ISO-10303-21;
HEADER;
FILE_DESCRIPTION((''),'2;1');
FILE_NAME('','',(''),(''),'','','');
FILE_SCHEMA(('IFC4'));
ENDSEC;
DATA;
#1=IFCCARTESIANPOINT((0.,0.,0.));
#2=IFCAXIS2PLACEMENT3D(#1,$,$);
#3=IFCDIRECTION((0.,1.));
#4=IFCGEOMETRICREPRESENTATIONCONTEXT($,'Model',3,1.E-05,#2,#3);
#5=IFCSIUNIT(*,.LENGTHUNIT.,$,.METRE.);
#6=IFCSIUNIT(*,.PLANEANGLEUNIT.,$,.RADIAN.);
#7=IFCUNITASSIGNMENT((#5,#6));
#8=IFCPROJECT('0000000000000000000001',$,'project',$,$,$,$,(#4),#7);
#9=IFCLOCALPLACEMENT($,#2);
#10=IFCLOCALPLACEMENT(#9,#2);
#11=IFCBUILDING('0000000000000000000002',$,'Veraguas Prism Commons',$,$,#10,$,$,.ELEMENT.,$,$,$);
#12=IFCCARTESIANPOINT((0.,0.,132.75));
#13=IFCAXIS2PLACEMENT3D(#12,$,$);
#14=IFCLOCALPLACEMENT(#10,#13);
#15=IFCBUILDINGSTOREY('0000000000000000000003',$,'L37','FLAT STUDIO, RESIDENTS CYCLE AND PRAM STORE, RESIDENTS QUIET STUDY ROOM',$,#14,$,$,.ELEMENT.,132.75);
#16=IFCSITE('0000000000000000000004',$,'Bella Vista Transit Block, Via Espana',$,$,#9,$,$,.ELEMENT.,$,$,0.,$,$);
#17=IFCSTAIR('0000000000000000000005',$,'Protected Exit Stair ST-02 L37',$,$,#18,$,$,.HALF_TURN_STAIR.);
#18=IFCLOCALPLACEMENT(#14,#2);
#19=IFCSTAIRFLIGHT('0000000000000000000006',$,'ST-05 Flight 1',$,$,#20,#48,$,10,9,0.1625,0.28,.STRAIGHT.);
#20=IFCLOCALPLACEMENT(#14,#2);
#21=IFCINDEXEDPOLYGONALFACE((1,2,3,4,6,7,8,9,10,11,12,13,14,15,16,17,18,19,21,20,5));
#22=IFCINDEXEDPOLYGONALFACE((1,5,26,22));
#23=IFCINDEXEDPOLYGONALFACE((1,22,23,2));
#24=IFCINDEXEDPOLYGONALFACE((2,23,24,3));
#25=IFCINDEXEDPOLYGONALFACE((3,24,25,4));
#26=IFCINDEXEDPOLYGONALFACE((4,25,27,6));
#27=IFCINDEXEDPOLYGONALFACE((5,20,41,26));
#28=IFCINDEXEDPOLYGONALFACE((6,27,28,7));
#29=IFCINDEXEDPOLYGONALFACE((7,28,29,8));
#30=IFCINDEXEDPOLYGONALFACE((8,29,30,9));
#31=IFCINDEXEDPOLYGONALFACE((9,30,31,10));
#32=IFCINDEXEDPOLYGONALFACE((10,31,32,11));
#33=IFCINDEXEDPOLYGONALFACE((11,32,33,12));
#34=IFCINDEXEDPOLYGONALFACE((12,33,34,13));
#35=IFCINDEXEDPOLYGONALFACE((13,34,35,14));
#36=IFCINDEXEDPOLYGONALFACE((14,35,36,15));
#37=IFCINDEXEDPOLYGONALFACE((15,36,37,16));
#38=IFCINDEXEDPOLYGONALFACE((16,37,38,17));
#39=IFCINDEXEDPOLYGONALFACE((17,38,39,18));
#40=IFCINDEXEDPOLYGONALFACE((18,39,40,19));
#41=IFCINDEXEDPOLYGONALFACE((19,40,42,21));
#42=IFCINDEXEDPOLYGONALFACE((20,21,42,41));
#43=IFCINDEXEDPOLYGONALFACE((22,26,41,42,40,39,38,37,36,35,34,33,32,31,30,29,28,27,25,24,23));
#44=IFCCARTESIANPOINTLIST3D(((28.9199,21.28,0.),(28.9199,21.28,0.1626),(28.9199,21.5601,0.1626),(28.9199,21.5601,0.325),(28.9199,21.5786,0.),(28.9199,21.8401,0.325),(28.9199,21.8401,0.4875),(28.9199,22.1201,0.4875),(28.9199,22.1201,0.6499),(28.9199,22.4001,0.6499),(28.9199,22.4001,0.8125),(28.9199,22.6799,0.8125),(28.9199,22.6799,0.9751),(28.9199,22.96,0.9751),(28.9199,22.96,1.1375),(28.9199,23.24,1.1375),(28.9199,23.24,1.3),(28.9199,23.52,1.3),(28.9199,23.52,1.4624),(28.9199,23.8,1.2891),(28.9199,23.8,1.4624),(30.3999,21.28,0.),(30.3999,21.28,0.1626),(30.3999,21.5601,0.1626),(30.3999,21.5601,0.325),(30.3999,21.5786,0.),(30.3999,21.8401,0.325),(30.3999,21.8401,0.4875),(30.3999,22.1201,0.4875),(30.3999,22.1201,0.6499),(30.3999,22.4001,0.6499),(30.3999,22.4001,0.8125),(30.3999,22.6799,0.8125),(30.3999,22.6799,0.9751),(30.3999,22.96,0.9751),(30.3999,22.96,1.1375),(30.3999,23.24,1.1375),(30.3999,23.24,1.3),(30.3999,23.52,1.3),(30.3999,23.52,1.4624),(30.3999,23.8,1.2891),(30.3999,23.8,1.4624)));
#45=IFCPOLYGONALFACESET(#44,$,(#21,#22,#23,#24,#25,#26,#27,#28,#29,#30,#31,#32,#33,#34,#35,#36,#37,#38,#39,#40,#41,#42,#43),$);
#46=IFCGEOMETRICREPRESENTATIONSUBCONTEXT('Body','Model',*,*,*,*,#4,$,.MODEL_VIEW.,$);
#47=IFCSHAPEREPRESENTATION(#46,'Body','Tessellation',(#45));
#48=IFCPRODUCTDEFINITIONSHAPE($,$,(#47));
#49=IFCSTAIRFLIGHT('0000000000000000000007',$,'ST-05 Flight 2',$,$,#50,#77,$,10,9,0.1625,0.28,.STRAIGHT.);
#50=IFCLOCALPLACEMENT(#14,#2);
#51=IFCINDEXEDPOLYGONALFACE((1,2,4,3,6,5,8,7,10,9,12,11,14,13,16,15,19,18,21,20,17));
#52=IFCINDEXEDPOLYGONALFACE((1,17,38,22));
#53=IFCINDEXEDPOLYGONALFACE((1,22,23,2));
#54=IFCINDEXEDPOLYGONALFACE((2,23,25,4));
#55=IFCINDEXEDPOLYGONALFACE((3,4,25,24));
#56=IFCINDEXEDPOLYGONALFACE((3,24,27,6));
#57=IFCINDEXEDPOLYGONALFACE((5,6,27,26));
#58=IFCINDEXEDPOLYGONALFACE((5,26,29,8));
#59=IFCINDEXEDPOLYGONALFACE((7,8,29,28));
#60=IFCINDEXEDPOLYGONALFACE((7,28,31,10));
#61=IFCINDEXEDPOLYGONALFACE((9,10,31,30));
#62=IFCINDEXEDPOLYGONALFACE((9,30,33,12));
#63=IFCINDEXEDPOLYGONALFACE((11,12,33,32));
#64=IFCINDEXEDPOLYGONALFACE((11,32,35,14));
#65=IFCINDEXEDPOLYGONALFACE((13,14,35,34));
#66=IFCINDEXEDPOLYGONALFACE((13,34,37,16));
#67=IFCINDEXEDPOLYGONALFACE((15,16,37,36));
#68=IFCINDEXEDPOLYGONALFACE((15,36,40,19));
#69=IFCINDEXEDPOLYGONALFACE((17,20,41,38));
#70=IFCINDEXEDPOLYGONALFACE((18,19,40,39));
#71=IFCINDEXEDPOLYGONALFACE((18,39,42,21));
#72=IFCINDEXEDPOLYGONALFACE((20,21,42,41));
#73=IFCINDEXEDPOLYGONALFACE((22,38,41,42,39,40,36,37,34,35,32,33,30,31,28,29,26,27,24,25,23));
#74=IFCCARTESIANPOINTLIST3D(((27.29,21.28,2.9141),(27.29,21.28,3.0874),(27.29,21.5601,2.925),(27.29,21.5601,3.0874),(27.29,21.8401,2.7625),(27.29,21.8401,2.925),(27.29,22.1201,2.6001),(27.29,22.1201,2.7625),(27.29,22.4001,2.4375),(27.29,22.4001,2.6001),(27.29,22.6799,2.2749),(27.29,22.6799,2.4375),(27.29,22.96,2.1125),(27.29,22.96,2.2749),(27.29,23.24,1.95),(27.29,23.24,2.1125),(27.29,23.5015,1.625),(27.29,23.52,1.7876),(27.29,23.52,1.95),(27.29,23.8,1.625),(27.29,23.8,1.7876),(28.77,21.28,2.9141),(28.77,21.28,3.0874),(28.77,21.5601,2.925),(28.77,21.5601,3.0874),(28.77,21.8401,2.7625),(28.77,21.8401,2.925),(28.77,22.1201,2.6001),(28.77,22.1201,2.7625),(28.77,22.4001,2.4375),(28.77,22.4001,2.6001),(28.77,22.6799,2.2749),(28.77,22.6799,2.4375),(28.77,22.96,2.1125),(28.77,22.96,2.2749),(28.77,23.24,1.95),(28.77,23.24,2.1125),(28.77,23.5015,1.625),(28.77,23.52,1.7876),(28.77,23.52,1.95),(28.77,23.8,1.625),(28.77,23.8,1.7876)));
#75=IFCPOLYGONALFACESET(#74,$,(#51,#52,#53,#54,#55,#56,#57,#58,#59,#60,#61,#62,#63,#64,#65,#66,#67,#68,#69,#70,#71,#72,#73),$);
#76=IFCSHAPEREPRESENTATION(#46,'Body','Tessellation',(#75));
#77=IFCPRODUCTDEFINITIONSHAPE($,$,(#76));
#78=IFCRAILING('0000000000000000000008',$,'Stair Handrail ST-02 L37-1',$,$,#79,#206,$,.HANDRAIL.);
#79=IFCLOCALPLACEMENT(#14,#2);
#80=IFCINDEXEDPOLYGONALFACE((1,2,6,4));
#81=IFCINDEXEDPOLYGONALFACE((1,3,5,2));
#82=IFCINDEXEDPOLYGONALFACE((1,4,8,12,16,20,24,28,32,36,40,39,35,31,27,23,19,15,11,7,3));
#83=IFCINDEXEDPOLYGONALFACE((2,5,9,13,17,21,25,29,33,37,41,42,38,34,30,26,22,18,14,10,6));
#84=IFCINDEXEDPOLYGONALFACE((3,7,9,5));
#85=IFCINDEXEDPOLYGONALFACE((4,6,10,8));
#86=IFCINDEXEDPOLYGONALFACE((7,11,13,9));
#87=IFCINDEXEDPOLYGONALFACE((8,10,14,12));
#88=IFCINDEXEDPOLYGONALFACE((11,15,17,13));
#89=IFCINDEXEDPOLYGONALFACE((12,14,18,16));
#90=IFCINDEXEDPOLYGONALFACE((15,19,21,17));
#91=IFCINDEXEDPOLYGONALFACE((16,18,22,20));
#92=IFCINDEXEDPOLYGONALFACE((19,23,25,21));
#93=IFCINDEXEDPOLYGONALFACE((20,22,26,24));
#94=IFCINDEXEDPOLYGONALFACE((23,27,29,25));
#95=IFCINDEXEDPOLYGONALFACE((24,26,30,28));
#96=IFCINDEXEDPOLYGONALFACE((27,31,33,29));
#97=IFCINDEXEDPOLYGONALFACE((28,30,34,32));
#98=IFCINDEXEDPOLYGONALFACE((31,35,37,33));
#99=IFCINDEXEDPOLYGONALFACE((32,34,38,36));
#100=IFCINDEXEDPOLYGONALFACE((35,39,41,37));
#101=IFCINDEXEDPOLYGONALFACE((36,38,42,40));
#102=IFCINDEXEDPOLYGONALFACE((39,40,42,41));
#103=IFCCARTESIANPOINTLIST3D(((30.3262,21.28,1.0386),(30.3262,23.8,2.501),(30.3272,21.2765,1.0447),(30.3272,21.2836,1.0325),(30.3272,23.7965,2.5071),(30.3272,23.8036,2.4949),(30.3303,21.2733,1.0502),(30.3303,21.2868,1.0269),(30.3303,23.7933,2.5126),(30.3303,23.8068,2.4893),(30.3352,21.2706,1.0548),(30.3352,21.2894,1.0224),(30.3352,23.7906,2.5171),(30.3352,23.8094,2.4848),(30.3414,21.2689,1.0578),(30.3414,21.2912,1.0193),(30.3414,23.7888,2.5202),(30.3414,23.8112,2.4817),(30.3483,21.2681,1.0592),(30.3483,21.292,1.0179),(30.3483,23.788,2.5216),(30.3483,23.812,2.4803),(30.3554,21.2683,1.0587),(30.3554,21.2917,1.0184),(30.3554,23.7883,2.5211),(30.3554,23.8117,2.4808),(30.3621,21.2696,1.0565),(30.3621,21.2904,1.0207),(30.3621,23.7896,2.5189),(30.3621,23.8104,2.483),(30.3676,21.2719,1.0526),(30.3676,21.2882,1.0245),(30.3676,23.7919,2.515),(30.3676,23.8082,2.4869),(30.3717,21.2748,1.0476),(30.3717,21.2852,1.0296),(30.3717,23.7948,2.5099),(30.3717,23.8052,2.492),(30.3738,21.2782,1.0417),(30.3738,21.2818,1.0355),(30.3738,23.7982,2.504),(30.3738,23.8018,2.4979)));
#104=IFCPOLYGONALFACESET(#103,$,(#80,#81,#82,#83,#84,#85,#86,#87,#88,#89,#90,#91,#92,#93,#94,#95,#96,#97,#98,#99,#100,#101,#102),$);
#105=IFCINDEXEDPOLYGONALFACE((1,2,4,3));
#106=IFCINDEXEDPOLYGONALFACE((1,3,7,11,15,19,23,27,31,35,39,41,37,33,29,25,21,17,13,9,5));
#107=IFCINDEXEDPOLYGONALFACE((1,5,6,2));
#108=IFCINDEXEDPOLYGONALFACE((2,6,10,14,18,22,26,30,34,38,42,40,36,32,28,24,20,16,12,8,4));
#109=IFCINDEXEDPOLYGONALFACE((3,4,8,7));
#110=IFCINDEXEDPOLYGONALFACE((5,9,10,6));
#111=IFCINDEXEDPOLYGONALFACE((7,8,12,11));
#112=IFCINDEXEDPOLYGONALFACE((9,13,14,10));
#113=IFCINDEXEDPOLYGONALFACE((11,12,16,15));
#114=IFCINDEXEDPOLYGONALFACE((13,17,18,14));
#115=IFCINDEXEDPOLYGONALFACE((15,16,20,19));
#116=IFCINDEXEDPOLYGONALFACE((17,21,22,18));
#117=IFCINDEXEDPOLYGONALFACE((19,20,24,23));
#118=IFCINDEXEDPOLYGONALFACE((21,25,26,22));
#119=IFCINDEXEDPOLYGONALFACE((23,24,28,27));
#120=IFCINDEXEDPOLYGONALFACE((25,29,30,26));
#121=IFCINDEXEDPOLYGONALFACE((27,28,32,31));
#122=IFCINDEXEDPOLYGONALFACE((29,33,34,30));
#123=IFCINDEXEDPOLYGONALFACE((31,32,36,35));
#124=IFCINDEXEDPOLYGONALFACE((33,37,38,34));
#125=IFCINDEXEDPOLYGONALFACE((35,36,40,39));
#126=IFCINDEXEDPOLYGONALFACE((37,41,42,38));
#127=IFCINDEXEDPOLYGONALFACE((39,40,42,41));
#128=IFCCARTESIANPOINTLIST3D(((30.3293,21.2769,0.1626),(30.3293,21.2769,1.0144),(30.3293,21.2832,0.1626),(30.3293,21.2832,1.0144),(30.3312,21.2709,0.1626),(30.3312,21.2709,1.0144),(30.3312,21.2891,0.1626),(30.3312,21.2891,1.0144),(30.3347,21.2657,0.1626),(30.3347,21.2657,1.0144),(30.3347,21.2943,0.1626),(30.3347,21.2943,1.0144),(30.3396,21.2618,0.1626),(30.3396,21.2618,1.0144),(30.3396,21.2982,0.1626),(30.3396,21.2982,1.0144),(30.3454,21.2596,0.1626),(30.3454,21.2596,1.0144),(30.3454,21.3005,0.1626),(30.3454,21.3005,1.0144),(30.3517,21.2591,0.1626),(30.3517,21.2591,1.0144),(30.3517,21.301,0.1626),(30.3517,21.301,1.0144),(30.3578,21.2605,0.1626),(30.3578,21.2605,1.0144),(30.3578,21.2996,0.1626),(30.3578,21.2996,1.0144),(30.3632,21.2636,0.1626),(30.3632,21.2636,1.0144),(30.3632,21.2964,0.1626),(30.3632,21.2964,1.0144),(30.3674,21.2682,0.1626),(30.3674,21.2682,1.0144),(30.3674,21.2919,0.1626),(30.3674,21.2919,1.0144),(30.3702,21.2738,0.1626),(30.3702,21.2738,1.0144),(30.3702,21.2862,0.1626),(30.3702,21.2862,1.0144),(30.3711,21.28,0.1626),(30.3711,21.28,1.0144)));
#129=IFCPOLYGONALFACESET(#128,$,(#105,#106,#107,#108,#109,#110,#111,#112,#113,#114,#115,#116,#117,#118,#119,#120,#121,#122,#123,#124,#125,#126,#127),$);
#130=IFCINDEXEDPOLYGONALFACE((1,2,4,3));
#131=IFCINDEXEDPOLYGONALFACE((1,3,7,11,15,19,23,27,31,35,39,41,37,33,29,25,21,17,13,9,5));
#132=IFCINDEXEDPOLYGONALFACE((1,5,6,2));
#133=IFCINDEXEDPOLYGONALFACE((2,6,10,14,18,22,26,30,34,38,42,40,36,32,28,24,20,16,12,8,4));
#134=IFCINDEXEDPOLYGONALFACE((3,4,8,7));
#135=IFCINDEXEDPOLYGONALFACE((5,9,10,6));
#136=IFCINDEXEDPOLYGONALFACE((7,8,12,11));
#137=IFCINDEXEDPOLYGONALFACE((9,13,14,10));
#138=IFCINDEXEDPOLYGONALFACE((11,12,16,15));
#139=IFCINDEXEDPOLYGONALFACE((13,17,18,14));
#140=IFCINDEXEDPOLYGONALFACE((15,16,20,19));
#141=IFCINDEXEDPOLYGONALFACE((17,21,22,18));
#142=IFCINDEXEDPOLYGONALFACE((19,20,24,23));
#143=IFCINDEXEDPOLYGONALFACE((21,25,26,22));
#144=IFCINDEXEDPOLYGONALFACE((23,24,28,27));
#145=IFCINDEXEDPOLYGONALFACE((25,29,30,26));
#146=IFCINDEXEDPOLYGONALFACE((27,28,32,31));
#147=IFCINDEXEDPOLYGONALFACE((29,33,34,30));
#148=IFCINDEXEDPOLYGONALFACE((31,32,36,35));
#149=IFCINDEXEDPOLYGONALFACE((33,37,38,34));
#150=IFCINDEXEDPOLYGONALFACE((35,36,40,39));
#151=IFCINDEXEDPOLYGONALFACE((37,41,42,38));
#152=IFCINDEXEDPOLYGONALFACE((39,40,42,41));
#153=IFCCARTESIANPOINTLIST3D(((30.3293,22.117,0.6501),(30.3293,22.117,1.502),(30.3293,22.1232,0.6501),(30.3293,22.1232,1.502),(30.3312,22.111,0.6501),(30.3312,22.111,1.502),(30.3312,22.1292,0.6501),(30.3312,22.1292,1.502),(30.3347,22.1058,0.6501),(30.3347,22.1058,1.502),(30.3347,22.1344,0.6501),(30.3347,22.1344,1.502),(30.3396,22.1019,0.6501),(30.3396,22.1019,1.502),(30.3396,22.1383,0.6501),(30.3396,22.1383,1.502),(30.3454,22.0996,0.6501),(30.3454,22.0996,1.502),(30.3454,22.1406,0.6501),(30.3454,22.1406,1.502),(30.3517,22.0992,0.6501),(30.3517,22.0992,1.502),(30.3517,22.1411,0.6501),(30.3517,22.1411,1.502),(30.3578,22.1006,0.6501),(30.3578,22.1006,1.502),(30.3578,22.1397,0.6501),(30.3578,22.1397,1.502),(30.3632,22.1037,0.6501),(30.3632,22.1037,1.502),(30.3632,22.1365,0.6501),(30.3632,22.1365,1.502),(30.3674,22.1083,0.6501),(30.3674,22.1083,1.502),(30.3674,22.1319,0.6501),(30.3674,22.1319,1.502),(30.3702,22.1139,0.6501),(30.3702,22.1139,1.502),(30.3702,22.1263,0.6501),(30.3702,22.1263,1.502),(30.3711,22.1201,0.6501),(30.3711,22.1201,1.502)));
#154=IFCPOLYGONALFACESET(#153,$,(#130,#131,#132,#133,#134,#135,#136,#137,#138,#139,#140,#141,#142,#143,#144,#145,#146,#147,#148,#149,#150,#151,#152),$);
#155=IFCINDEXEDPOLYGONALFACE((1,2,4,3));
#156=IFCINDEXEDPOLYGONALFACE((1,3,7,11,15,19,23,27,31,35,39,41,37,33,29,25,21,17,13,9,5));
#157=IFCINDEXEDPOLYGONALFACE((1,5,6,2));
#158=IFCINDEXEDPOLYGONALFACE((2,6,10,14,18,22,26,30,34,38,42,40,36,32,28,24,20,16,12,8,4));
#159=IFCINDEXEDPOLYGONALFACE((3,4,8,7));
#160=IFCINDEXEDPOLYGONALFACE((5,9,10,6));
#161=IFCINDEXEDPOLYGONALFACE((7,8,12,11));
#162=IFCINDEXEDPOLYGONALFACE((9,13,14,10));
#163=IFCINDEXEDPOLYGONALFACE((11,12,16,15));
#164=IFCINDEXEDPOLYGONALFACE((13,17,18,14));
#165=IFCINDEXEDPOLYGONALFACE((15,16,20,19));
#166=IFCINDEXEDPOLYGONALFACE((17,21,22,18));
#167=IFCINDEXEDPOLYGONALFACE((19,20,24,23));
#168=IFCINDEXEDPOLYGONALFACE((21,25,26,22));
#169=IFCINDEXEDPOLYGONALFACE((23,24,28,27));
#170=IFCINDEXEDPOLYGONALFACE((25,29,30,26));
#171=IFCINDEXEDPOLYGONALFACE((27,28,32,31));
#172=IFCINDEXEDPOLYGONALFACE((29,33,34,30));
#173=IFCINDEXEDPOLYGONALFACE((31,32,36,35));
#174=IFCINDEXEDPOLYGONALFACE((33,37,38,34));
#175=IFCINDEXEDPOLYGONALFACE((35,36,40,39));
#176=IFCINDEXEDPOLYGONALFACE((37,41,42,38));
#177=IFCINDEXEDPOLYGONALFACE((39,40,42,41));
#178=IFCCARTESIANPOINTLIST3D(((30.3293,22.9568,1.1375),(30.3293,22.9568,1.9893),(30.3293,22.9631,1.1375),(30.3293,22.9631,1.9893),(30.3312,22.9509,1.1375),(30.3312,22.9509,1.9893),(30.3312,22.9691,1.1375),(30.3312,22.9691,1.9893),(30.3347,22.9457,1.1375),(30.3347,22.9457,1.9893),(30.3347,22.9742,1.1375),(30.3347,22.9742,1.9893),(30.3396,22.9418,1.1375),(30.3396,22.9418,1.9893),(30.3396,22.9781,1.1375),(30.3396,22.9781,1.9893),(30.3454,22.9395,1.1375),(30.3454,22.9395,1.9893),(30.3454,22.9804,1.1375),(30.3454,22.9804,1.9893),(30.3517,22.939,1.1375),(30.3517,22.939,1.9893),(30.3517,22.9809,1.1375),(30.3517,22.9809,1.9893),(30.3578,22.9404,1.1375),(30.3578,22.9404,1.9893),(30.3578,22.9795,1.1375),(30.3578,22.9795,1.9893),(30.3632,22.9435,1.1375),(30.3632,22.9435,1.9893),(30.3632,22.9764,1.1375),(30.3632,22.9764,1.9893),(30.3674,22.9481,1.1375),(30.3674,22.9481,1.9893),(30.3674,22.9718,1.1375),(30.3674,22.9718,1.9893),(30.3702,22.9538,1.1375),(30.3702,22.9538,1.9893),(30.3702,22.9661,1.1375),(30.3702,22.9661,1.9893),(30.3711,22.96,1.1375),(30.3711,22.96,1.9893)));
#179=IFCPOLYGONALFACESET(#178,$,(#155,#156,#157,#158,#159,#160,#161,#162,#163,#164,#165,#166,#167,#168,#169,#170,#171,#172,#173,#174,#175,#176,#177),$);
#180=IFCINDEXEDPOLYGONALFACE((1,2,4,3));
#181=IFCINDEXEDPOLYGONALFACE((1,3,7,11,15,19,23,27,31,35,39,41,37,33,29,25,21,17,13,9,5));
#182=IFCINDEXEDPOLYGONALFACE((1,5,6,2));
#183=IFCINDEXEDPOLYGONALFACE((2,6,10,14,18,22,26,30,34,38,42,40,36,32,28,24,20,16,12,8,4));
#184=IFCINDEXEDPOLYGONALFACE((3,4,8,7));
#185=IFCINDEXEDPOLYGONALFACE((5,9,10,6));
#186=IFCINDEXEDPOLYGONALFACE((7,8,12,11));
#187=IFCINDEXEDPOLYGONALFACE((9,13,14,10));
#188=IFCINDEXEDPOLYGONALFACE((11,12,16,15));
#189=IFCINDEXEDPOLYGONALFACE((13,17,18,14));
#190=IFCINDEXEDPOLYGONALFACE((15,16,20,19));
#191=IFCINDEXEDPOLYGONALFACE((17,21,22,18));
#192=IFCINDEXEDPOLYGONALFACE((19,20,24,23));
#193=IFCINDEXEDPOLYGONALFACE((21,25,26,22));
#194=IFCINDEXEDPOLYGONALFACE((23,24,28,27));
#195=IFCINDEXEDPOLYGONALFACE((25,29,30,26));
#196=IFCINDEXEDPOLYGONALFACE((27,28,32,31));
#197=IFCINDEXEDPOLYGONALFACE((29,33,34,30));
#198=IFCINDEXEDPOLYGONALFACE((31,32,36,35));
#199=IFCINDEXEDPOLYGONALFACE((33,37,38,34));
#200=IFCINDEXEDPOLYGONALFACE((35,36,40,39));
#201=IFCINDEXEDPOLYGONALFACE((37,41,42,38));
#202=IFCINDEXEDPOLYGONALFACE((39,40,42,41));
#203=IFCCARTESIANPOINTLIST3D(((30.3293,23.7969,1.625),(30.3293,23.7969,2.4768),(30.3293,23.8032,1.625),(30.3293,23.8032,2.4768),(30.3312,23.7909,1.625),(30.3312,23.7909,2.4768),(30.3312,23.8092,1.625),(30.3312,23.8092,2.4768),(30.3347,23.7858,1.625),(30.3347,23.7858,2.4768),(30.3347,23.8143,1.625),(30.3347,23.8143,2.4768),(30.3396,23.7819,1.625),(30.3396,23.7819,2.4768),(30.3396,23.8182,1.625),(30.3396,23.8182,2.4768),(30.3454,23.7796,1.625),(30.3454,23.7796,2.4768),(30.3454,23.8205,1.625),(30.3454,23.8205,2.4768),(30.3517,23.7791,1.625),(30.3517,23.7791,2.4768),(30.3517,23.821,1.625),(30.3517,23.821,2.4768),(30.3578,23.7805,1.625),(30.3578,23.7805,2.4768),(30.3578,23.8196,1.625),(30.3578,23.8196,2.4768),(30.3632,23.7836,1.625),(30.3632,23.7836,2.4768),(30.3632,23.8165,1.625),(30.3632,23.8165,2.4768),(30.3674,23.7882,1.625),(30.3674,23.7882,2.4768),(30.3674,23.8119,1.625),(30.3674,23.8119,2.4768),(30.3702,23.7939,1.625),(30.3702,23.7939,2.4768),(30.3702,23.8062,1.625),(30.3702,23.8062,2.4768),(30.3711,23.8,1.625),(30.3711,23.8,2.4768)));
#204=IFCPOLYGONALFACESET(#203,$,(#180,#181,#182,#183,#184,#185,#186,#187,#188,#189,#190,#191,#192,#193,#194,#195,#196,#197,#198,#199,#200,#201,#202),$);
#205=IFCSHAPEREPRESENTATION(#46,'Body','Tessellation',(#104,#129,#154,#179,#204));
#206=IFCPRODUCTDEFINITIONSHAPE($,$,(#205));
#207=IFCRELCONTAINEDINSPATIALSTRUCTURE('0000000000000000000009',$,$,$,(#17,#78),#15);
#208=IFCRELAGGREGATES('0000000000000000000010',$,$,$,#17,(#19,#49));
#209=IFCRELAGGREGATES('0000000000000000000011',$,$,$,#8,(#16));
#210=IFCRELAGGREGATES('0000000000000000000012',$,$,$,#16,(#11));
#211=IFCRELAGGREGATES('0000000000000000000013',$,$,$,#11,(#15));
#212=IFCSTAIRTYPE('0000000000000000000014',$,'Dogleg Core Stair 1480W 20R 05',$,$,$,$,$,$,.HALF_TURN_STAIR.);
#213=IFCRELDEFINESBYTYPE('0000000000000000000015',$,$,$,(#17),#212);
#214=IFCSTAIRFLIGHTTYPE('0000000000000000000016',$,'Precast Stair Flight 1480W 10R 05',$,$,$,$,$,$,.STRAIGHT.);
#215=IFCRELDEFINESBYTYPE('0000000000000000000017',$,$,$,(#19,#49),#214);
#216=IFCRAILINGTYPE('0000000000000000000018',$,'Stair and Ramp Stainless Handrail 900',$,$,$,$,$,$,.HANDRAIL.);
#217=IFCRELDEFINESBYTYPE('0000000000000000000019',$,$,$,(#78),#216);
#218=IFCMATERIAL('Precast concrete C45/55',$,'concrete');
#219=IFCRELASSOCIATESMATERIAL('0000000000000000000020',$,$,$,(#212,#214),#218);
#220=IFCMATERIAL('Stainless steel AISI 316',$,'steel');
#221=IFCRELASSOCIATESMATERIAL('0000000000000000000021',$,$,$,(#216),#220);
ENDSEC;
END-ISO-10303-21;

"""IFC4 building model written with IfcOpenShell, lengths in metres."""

from ifc_helpers import new_model, si_unit, direction, frame, origin, origin_2d, place, context, subcontext, project, spatial, polyline, circle, outline, extrude, material, type_object, element, aggregate, save


model = new_model("IFC4")

# Units and contexts
model_context = context("Model", 3, precision=1e-05, world=origin(), true_north=direction((0.0, 1.0)))
body_context = subcontext(model_context, "Body", "Model", "MODEL_VIEW")
ifc_project = project(units=[si_unit("LENGTHUNIT", "METRE"), si_unit("PLANEANGLEUNIT", "RADIAN")], contexts=[model_context])

# Site, building, storey
site_placement = place(None, origin())
site = spatial("IfcSite", under=ifc_project, at=site_placement, Name="Bella Vista Transit Block, Via Espana", CompositionType="ELEMENT", RefElevation=0.0)
building_placement = place(site_placement, origin())
building = spatial("IfcBuilding", under=site, at=building_placement, Name="Veraguas Prism Commons", CompositionType="ELEMENT")
storey_placement = place(building_placement, frame((0.0, 0.0, 132.75)))
storey = spatial("IfcBuildingStorey", under=building, at=storey_placement, Name="L37", Description="FLAT STUDIO, RESIDENTS CYCLE AND PRAM STORE, RESIDENTS QUIET STUDY ROOM", CompositionType="ELEMENT", Elevation=132.75)

# Shared definitions
ifc_material_1 = material(Name="Stainless steel AISI 316", Category="steel")

# Stair, stair flights
ifc_material_2 = material(Name="Precast concrete C45/55", Category="concrete")
stair_type = type_object("IfcStairType", Name="Dogleg Core Stair 1480W 20R 05", PredefinedType="HALF_TURN_STAIR", material=ifc_material_2)
stair_placement = place(storey_placement, origin())
stair = element("IfcStair", 1, at=stair_placement, inside=storey, type_object=stair_type, Name="Protected Exit Stair ST-02 L37", PredefinedType="HALF_TURN_STAIR")
stair_flight_type = type_object("IfcStairFlightType", Name="Precast Stair Flight 1480W 10R 05", PredefinedType="STRAIGHT", material=ifc_material_2)
stair_flight_1_placement = place(storey_placement, frame((29.6599, 21.28, 0.0), z_axis=(0.0, 0.0, 1.0), x_axis=(0.0, 1.0, 0.0)))
stair_flight_1 = element("IfcStairFlight", 2, at=stair_flight_1_placement, type_object=stair_flight_type, Name="ST-05 Flight 1", NumberOfRisers=10, NumberOfTreads=9, PredefinedType="STRAIGHT", RiserHeight=0.1625, TreadLength=0.28, context=body_context, shape_type="SweptSolid", body=[
    extrude(outline(polyline([(0.0, 0.0), (0.0, 0.1626), (0.28, 0.1626), (0.28, 0.325), (0.5601, 0.325), (0.5601, 0.4875), (0.8401, 0.4875), (0.8401, 0.6499), (1.1201, 0.6499), (1.1201, 0.8125), (1.3999, 0.8125), (1.3999, 0.9751), (1.6799, 0.9751), (1.6799, 1.1375), (1.96, 1.1375), (1.96, 1.3), (2.24, 1.3), (2.24, 1.4624), (2.52, 1.4624), (2.52, 1.625), (2.52, 1.2891), (0.2986, 0.0), (0.0, 0.0)])), frame((0.0, 0.74, 0.0), z_axis=(0.0, -1.0, 0.0), x_axis=(1.0, 0.0, 0.0)), (0.0, 0.0, 1.0), 1.48),
])
stair_flight_2_placement = place(storey_placement, frame((28.03, 23.8, 1.625), z_axis=(0.0, 0.0, 1.0), x_axis=(0.0, -1.0, 0.0)))
stair_flight_2 = element("IfcStairFlight", 3, at=stair_flight_2_placement, type_object=stair_flight_type, Name="ST-05 Flight 2", NumberOfRisers=10, NumberOfTreads=9, PredefinedType="STRAIGHT", RiserHeight=0.1625, TreadLength=0.28, context=body_context, shape_type="SweptSolid", body=[
    extrude(outline(polyline([(0.0, 0.0), (0.0, 0.1626), (0.28, 0.1626), (0.28, 0.325), (0.5601, 0.325), (0.5601, 0.4875), (0.8401, 0.4875), (0.8401, 0.6499), (1.1201, 0.6499), (1.1201, 0.8125), (1.3999, 0.8125), (1.3999, 0.9751), (1.6799, 0.9751), (1.6799, 1.1375), (1.96, 1.1375), (1.96, 1.3), (2.24, 1.3), (2.24, 1.4624), (2.52, 1.4624), (2.52, 1.625), (2.52, 1.2891), (0.2986, 0.0), (0.0, 0.0)])), frame((0.0, 0.74, 0.0), z_axis=(0.0, -1.0, 0.0), x_axis=(1.0, 0.0, 0.0)), (0.0, 0.0, 1.0), 1.48),
])
aggregate(stair, [stair_flight_1, stair_flight_2])

# Railing
railing_type_1 = type_object("IfcRailingType", Name="Stair and Ramp Stainless Handrail 900", PredefinedType="HANDRAIL", material=ifc_material_1)
railing_1_placement = place(storey_placement, frame((30.3501, 21.28, 0.1626)))
element("IfcRailing", 4, at=railing_1_placement, inside=storey, type_object=railing_type_1, Name="Stair Handrail ST-02 L37-1", PredefinedType="HANDRAIL", context=body_context, shape_type="SweptSolid", body=[
    extrude(circle(Radius=0.0239, at=origin_2d()), frame((0.0, 0.0, 0.876), z_axis=(0.0, 0.864913, 0.501921), x_axis=(-1.0, 0.0, 0.0)), (0.0, 0.0, 1.0), 2.9136),
    extrude(circle(Radius=0.021, at=origin_2d()), origin(), (0.0, 0.0, 1.0), 0.8518),
    extrude(circle(Radius=0.021, at=origin_2d()), frame((0.0, 0.8401, 0.4875)), (0.0, 0.0, 1.0), 0.8518),
    extrude(circle(Radius=0.021, at=origin_2d()), frame((0.0, 1.6799, 0.9749)), (0.0, 0.0, 1.0), 0.8518),
    extrude(circle(Radius=0.021, at=origin_2d()), frame((0.0, 2.52, 1.4624)), (0.0, 0.0, 1.0), 0.8518),
])

save(model, "model.ifc")
